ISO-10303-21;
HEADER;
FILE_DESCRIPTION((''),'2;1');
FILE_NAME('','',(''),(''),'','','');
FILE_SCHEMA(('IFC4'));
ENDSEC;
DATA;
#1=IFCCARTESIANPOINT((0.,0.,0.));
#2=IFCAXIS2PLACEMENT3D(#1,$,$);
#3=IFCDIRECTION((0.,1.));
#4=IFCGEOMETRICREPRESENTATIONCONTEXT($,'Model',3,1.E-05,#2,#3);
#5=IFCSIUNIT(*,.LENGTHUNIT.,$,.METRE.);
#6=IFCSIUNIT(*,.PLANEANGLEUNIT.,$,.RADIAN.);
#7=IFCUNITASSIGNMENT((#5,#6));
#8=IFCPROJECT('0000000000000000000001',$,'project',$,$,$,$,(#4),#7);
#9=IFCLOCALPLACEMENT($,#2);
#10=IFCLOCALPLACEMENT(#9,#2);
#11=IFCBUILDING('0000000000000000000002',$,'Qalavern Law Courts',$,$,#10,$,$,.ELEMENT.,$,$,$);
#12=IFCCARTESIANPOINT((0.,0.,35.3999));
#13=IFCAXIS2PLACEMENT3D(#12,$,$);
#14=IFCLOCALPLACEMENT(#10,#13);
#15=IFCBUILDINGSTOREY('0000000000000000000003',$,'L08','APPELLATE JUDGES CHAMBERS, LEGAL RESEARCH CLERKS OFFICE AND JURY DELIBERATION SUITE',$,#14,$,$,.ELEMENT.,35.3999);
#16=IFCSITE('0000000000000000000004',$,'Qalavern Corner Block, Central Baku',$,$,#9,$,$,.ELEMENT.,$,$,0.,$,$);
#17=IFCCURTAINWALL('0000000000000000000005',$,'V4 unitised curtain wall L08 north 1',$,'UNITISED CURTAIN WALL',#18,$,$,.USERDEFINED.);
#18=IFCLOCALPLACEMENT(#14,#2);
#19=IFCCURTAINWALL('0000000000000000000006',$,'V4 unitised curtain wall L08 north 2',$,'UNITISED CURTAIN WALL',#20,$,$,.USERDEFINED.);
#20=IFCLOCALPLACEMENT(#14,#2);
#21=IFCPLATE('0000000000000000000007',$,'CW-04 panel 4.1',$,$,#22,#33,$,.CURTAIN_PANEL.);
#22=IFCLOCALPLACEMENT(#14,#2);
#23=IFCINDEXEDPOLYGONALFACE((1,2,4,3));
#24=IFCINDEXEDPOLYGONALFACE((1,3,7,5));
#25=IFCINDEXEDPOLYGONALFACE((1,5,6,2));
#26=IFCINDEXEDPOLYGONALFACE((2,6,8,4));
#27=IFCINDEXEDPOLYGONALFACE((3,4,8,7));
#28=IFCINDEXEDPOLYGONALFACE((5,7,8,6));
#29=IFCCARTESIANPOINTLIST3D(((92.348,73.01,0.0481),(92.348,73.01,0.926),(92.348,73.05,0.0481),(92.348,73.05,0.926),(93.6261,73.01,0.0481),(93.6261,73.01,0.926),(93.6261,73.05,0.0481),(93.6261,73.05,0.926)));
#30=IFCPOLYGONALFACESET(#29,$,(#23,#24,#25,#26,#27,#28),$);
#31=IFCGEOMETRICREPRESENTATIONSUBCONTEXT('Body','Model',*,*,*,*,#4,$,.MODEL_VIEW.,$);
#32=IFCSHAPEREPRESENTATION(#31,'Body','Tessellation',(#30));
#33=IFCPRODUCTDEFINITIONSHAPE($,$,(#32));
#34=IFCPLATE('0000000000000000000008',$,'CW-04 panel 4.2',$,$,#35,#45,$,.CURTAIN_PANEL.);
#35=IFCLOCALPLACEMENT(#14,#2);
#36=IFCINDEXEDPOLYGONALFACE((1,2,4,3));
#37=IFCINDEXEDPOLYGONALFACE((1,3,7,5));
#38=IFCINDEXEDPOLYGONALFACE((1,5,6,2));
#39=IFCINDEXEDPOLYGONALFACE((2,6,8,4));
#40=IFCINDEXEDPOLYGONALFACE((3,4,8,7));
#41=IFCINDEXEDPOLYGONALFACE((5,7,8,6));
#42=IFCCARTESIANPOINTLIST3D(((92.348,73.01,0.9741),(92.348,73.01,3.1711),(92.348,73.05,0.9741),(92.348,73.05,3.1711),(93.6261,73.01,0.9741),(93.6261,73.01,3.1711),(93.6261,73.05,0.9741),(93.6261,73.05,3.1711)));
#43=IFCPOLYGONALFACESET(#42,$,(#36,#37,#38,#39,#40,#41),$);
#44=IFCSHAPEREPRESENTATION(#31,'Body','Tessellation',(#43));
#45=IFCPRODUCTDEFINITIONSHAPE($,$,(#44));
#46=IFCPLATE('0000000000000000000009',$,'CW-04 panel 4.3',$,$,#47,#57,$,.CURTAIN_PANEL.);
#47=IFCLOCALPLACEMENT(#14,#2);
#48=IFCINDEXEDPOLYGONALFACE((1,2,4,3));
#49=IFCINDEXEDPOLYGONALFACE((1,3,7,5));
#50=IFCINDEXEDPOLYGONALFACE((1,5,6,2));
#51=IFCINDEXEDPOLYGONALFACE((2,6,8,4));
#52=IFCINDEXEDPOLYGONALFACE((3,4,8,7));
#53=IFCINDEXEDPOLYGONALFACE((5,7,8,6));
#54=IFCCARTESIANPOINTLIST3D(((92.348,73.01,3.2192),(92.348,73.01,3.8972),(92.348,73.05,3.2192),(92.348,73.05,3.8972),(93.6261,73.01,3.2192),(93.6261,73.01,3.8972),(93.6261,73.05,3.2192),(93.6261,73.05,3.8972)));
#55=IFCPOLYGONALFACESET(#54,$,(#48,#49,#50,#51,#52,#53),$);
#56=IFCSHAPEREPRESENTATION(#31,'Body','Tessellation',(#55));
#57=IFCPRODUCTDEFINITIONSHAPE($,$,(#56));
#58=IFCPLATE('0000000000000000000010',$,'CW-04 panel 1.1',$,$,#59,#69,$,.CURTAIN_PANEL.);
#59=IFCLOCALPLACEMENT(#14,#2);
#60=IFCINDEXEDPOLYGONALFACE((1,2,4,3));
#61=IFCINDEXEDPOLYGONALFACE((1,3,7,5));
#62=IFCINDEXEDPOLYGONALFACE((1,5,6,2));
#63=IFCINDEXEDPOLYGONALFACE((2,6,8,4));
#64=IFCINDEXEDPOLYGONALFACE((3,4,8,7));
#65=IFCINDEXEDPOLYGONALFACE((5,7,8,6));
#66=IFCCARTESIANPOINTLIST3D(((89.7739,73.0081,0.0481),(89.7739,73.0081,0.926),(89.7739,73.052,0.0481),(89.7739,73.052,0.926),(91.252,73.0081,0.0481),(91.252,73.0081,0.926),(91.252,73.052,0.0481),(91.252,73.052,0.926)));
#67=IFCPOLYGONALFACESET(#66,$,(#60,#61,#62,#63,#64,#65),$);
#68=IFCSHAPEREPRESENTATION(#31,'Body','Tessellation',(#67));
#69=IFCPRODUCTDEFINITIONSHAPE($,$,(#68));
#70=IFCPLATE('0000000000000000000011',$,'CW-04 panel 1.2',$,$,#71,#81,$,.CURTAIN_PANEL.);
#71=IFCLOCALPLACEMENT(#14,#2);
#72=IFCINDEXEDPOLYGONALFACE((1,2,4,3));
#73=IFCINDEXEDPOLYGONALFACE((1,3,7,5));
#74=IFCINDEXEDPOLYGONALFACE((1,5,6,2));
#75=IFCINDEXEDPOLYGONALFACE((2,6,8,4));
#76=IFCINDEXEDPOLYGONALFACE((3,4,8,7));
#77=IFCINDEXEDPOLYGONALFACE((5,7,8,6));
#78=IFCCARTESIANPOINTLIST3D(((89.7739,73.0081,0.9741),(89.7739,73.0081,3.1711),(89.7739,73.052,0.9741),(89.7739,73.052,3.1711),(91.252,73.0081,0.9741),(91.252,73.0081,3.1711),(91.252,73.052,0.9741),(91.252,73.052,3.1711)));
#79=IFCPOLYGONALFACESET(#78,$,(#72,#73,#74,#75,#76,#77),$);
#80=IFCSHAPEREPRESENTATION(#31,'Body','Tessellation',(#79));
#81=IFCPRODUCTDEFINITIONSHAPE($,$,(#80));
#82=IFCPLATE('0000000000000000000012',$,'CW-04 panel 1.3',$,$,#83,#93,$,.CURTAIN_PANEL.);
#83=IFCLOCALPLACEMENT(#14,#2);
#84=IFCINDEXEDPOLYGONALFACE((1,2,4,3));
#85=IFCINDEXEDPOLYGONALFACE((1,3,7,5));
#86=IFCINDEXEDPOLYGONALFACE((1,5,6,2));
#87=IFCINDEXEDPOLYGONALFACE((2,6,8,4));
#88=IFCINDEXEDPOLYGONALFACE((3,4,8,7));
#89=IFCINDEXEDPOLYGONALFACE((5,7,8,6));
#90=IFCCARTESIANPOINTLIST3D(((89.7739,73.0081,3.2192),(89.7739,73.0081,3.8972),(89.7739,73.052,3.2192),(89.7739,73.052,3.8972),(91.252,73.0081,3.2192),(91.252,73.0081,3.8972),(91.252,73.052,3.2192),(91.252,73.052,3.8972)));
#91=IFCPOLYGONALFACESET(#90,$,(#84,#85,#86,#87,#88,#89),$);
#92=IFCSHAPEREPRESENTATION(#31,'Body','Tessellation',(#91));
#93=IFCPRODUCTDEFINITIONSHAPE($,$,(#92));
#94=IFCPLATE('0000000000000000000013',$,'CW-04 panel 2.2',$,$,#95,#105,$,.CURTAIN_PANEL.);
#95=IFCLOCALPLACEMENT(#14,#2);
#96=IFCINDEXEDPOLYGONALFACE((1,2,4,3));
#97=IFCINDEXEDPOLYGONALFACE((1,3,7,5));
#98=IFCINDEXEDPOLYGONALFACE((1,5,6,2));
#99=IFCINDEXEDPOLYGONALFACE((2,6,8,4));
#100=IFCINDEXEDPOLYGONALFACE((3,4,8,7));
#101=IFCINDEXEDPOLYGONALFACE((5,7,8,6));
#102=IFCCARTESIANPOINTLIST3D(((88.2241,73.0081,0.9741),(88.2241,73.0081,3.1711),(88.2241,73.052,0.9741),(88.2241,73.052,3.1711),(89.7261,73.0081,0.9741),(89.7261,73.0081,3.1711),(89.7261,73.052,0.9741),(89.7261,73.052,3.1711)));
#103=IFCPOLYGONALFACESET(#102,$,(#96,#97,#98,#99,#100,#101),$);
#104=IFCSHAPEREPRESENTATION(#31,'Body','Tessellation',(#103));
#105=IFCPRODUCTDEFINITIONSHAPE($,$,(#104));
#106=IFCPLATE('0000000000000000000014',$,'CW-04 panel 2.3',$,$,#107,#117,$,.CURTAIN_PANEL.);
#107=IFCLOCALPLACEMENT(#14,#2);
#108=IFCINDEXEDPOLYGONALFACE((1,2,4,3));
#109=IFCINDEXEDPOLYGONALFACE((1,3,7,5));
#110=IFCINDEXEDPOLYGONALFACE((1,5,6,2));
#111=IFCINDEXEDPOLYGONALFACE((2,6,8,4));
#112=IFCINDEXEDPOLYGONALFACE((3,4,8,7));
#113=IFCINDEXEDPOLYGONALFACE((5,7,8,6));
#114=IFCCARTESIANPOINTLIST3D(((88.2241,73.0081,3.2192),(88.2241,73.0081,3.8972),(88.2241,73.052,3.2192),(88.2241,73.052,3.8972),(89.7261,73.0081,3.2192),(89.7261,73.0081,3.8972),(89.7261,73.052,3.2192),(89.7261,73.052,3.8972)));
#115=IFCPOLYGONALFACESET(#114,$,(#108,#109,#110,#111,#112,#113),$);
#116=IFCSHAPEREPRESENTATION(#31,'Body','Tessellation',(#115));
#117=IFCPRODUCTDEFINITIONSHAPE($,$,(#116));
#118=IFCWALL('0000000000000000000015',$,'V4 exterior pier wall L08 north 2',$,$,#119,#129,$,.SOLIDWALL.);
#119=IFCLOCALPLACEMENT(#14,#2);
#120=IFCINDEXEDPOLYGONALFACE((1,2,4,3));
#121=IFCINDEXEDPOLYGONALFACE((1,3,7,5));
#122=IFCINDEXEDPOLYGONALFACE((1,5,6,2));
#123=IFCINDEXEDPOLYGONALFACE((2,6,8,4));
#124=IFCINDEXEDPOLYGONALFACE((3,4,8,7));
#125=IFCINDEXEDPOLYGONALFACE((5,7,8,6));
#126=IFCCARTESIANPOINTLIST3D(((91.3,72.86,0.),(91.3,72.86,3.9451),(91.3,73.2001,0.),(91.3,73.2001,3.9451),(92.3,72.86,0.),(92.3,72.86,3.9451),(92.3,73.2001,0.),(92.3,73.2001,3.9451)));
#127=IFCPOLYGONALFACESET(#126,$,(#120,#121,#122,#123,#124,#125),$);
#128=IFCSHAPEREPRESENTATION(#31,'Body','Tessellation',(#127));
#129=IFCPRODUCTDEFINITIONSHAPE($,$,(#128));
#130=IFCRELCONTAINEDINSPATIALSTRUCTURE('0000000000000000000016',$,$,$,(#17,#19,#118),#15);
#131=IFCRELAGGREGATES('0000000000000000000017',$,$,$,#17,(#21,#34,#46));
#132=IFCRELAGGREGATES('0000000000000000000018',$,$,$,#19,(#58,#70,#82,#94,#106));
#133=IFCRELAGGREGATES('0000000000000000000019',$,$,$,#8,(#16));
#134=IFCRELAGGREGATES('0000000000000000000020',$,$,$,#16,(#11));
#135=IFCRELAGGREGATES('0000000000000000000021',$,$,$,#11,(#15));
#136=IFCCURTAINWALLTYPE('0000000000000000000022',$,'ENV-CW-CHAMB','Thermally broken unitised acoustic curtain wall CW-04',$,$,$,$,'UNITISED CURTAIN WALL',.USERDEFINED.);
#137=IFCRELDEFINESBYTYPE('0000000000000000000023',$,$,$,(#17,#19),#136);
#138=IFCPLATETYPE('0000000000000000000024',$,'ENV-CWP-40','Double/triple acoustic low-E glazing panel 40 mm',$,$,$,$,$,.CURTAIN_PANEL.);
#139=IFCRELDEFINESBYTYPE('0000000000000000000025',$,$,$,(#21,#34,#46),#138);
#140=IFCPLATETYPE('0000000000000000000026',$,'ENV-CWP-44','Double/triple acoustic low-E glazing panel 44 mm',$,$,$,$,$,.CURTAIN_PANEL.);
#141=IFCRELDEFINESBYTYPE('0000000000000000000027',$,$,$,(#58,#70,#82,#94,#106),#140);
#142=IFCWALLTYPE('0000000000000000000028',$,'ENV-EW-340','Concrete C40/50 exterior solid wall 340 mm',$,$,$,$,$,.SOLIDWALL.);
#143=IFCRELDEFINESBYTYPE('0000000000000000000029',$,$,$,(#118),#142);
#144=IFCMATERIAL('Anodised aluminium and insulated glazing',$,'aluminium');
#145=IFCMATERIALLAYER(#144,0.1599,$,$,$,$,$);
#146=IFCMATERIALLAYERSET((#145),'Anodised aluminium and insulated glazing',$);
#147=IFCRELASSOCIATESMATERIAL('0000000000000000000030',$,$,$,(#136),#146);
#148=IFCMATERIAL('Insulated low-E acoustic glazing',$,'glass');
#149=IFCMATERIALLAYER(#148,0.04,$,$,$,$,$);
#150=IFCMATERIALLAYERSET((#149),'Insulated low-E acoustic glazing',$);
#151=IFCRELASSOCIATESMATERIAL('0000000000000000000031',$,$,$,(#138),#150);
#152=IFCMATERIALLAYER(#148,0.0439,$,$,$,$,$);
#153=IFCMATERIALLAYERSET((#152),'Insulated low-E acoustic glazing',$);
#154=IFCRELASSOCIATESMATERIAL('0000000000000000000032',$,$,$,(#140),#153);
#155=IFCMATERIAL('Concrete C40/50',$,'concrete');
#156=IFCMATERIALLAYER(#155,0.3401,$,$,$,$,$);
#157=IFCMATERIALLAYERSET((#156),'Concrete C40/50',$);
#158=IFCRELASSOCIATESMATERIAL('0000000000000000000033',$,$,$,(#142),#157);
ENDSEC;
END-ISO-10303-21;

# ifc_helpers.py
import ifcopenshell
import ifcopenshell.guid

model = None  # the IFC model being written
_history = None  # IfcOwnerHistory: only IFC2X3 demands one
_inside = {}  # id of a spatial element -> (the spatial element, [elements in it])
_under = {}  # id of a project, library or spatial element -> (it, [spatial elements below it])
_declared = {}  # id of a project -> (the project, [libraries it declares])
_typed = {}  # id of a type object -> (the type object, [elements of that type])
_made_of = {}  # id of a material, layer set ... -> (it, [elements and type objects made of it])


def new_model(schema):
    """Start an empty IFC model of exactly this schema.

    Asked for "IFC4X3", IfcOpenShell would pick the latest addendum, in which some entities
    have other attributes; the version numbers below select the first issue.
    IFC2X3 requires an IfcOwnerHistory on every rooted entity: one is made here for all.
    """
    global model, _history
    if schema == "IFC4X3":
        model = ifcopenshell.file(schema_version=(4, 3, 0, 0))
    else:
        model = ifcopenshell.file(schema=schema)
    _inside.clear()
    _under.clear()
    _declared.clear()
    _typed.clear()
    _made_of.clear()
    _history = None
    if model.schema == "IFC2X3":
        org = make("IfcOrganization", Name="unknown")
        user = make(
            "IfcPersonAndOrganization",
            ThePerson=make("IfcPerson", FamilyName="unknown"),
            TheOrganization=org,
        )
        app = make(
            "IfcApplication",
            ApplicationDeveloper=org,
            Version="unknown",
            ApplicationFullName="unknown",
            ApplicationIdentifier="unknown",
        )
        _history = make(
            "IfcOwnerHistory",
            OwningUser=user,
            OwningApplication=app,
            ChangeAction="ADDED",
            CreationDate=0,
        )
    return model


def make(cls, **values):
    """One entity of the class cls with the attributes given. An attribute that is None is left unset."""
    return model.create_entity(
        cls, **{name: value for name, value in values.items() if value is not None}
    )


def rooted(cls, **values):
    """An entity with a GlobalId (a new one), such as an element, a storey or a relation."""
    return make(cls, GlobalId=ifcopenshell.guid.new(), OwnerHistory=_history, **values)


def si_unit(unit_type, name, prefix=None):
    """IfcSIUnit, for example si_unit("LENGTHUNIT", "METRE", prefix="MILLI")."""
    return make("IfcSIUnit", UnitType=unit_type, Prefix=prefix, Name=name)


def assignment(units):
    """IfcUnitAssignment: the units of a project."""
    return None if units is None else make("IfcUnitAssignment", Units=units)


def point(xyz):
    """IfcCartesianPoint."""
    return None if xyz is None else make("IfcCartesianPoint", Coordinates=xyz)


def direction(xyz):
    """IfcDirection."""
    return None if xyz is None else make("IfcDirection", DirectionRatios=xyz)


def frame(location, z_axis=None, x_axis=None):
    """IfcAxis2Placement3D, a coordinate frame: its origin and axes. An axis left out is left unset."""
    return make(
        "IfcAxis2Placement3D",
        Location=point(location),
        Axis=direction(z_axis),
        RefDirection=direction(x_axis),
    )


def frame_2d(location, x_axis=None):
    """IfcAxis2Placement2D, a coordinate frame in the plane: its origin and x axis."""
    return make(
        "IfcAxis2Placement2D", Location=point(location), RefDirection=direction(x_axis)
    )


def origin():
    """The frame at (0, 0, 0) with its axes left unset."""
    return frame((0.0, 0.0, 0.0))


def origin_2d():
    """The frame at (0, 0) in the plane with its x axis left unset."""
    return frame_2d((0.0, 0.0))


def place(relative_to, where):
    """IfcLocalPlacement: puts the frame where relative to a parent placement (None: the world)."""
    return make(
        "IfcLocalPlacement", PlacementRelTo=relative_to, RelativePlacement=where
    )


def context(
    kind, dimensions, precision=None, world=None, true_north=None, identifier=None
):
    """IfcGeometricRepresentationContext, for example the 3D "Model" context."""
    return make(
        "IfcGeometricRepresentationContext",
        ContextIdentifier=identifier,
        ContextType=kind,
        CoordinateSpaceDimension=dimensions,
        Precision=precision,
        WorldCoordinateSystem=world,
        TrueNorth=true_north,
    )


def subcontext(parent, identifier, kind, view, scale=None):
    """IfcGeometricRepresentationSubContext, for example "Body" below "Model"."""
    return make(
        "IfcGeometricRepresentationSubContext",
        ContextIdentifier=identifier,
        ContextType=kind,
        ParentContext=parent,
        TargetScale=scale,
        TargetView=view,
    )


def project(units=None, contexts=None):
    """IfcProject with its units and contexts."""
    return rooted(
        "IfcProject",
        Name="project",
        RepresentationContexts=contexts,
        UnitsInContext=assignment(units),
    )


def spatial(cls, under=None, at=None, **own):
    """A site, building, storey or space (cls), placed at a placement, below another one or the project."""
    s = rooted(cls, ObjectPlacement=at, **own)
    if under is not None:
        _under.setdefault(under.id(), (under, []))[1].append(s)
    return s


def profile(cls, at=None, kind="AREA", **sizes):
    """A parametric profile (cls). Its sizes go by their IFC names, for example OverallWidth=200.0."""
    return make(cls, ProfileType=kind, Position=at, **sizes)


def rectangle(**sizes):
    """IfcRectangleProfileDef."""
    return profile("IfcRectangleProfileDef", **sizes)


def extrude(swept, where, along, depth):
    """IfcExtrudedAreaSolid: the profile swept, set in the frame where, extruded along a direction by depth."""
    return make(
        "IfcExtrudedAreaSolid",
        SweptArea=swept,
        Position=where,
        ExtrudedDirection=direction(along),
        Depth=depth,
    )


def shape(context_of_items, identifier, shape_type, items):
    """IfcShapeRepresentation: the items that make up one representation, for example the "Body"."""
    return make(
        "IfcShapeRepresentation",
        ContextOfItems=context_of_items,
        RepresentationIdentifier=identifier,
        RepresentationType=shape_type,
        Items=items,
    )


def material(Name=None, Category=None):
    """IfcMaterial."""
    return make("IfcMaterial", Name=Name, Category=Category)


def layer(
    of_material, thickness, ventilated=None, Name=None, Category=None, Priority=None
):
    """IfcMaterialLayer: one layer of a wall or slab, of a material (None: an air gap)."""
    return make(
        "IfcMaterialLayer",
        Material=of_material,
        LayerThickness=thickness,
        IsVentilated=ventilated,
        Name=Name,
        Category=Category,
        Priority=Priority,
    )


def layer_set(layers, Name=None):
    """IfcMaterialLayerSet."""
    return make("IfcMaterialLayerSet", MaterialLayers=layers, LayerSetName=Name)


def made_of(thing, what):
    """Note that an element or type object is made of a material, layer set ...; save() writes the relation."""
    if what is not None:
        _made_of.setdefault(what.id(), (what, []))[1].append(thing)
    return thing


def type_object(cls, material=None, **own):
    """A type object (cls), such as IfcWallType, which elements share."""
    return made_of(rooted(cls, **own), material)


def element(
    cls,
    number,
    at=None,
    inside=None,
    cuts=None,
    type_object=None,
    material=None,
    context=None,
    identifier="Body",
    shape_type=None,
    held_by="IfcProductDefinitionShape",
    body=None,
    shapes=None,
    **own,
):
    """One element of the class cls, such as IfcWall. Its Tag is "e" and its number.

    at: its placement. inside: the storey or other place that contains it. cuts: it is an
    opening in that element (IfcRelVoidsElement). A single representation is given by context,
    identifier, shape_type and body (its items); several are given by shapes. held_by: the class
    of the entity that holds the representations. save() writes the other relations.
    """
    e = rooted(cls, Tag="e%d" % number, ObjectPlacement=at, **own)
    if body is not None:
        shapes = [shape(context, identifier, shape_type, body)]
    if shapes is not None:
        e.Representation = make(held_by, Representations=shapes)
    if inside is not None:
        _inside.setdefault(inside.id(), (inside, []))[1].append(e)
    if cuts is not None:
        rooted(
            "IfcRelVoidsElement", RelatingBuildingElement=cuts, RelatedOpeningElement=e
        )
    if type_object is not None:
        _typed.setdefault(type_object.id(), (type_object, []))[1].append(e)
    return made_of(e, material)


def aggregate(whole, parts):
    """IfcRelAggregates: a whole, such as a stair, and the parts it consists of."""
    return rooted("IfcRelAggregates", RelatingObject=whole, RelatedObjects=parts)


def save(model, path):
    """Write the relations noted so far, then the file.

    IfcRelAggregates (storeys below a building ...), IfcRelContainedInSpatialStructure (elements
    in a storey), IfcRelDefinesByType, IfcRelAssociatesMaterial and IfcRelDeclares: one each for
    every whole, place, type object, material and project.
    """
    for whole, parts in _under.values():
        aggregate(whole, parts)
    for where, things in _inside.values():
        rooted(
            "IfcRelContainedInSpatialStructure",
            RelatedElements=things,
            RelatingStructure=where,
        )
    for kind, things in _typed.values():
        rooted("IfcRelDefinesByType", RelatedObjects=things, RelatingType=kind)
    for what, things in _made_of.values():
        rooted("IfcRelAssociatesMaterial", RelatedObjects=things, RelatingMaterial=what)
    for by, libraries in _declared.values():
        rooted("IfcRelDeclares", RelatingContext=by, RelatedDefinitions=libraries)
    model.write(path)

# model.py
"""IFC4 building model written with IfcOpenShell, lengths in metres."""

from ifc_helpers import new_model, si_unit, direction, frame, frame_2d, origin, origin_2d, place, context, subcontext, project, spatial, rectangle, extrude, material, layer, layer_set, type_object, element, aggregate, save


model = new_model("IFC4")

# Units and contexts
model_context = context("Model", 3, precision=1e-05, world=origin(), true_north=direction((0.0, 1.0)))
body_context = subcontext(model_context, "Body", "Model", "MODEL_VIEW")
ifc_project = project(units=[si_unit("LENGTHUNIT", "METRE"), si_unit("PLANEANGLEUNIT", "RADIAN")], contexts=[model_context])

# Site, building, storey
site_placement = place(None, origin())
site = spatial("IfcSite", under=ifc_project, at=site_placement, Name="Qalavern Corner Block, Central Baku", CompositionType="ELEMENT", RefElevation=0.0)
building_placement = place(site_placement, origin())
building = spatial("IfcBuilding", under=site, at=building_placement, Name="Qalavern Law Courts", CompositionType="ELEMENT")
storey_placement = place(building_placement, frame((0.0, 0.0, 35.3999)))
storey = spatial("IfcBuildingStorey", under=building, at=storey_placement, Name="L08", Description="APPELLATE JUDGES CHAMBERS, LEGAL RESEARCH CLERKS OFFICE AND JURY DELIBERATION SUITE", CompositionType="ELEMENT", Elevation=35.3999)

# Curtain wall
ifc_material_1 = material(Name="Anodised aluminium and insulated glazing", Category="aluminium")
ifc_layer_1 = layer(ifc_material_1, 0.1599)
ifc_layer_set_1 = layer_set([ifc_layer_1], Name="Anodised aluminium and insulated glazing")
curtain_wall_type = type_object("IfcCurtainWallType", Name="ENV-CW-CHAMB", Description="Thermally broken unitised acoustic curtain wall CW-04", ElementType="UNITISED CURTAIN WALL", PredefinedType="USERDEFINED", material=ifc_layer_set_1)
curtain_wall_1_placement = place(storey_placement, origin())
curtain_wall_1 = element("IfcCurtainWall", 1, at=curtain_wall_1_placement, inside=storey, type_object=curtain_wall_type, Name="V4 unitised curtain wall L08 north 1", ObjectType="UNITISED CURTAIN WALL", PredefinedType="USERDEFINED")

# Curtain wall
curtain_wall_2_placement = place(storey_placement, origin())
curtain_wall_2 = element("IfcCurtainWall", 2, at=curtain_wall_2_placement, inside=storey, type_object=curtain_wall_type, Name="V4 unitised curtain wall L08 north 2", ObjectType="UNITISED CURTAIN WALL", PredefinedType="USERDEFINED")

# Plates
ifc_material_2 = material(Name="Insulated low-E acoustic glazing", Category="glass")
ifc_layer_2 = layer(ifc_material_2, 0.04)
ifc_layer_set_2 = layer_set([ifc_layer_2], Name="Insulated low-E acoustic glazing")
plate_type_1 = type_object("IfcPlateType", Name="ENV-CWP-40", Description="Double/triple acoustic low-E glazing panel 40 mm", PredefinedType="CURTAIN_PANEL", material=ifc_layer_set_2)
plate_1_placement = place(storey_placement, frame((92.9871, 73.03, 0.0481), z_axis=(0.0, 0.0, 1.0), x_axis=(-1.0, 0.0, 0.0)))
plate_1 = element("IfcPlate", 3, at=plate_1_placement, type_object=plate_type_1, Name="CW-04 panel 4.1", PredefinedType="CURTAIN_PANEL", context=body_context, shape_type="SweptSolid", body=[
    extrude(rectangle(XDim=1.2781, YDim=0.04, at=origin_2d()), origin(), (0.0, 0.0, 1.0), 0.8779),
])
plate_2_placement = place(storey_placement, frame((92.9871, 73.03, 0.9741), z_axis=(0.0, 0.0, 1.0), x_axis=(-1.0, 0.0, 0.0)))
plate_2 = element("IfcPlate", 4, at=plate_2_placement, type_object=plate_type_1, Name="CW-04 panel 4.2", PredefinedType="CURTAIN_PANEL", context=body_context, shape_type="SweptSolid", body=[
    extrude(rectangle(XDim=1.2781, YDim=0.04, at=origin_2d()), origin(), (0.0, 0.0, 1.0), 2.197),
])
plate_3_placement = place(storey_placement, frame((92.9871, 73.03, 3.2192), z_axis=(0.0, 0.0, 1.0), x_axis=(-1.0, 0.0, 0.0)))
plate_3 = element("IfcPlate", 5, at=plate_3_placement, type_object=plate_type_1, Name="CW-04 panel 4.3", PredefinedType="CURTAIN_PANEL", context=body_context, shape_type="SweptSolid", body=[
    extrude(rectangle(XDim=1.2781, YDim=0.04, at=origin_2d()), origin(), (0.0, 0.0, 1.0), 0.678),
])
aggregate(curtain_wall_1, [plate_1, plate_2, plate_3])
ifc_layer_3 = layer(ifc_material_2, 0.0439)
ifc_layer_set_3 = layer_set([ifc_layer_3], Name="Insulated low-E acoustic glazing")
plate_type_2 = type_object("IfcPlateType", Name="ENV-CWP-44", Description="Double/triple acoustic low-E glazing panel 44 mm", PredefinedType="CURTAIN_PANEL", material=ifc_layer_set_3)
plate_4_placement = place(storey_placement, frame((90.5129, 73.03, 0.0481), z_axis=(0.0, 0.0, 1.0), x_axis=(-1.0, 0.0, 0.0)))
plate_4 = element("IfcPlate", 6, at=plate_4_placement, type_object=plate_type_2, Name="CW-04 panel 1.1", PredefinedType="CURTAIN_PANEL", context=body_context, shape_type="SweptSolid", body=[
    extrude(rectangle(XDim=1.478, YDim=0.0439, at=origin_2d()), origin(), (0.0, 0.0, 1.0), 0.8779),
])
plate_5_placement = place(storey_placement, frame((90.5129, 73.03, 0.9741), z_axis=(0.0, 0.0, 1.0), x_axis=(-1.0, 0.0, 0.0)))
plate_5 = element("IfcPlate", 7, at=plate_5_placement, type_object=plate_type_2, Name="CW-04 panel 1.2", PredefinedType="CURTAIN_PANEL", context=body_context, shape_type="SweptSolid", body=[
    extrude(rectangle(XDim=1.478, YDim=0.0439, at=origin_2d()), origin(), (0.0, 0.0, 1.0), 2.197),
])
plate_6_placement = place(storey_placement, frame((90.5129, 73.03, 3.2192), z_axis=(0.0, 0.0, 1.0), x_axis=(-1.0, 0.0, 0.0)))
plate_6 = element("IfcPlate", 8, at=plate_6_placement, type_object=plate_type_2, Name="CW-04 panel 1.3", PredefinedType="CURTAIN_PANEL", context=body_context, shape_type="SweptSolid", body=[
    extrude(rectangle(XDim=1.478, YDim=0.0439, at=origin_2d()), origin(), (0.0, 0.0, 1.0), 0.678),
])
plate_7_placement = place(storey_placement, frame((88.9751, 73.03, 0.9741), z_axis=(0.0, 0.0, 1.0), x_axis=(-1.0, 0.0, 0.0)))
plate_7 = element("IfcPlate", 9, at=plate_7_placement, type_object=plate_type_2, Name="CW-04 panel 2.2", PredefinedType="CURTAIN_PANEL", context=body_context, shape_type="SweptSolid", body=[
    extrude(rectangle(XDim=1.502, YDim=0.0439, at=origin_2d()), origin(), (0.0, 0.0, 1.0), 2.197),
])
plate_8_placement = place(storey_placement, frame((88.9751, 73.03, 3.2192), z_axis=(0.0, 0.0, 1.0), x_axis=(-1.0, 0.0, 0.0)))
plate_8 = element("IfcPlate", 10, at=plate_8_placement, type_object=plate_type_2, Name="CW-04 panel 2.3", PredefinedType="CURTAIN_PANEL", context=body_context, shape_type="SweptSolid", body=[
    extrude(rectangle(XDim=1.502, YDim=0.0439, at=origin_2d()), origin(), (0.0, 0.0, 1.0), 0.678),
])
aggregate(curtain_wall_2, [plate_4, plate_5, plate_6, plate_7, plate_8])

# Wall
ifc_material_3 = material(Name="Concrete C40/50", Category="concrete")
ifc_layer_4 = layer(ifc_material_3, 0.3401)
ifc_layer_set_4 = layer_set([ifc_layer_4], Name="Concrete C40/50")
wall_type = type_object("IfcWallType", Name="ENV-EW-340", Description="Concrete C40/50 exterior solid wall 340 mm", PredefinedType="SOLIDWALL", material=ifc_layer_set_4)
wall_placement = place(storey_placement, frame((92.3, 73.03, 0.0), z_axis=(0.0, 0.0, 1.0), x_axis=(-1.0, 0.0, 0.0)))
element("IfcWall", 11, at=wall_placement, inside=storey, type_object=wall_type, Name="V4 exterior pier wall L08 north 2", PredefinedType="SOLIDWALL", context=body_context, shape_type="SweptSolid", body=[
    extrude(rectangle(XDim=1.0, YDim=0.3401, at=frame_2d((0.5, 0.0))), origin(), (0.0, 0.0, 1.0), 3.9451),
])

save(model, "model.ifc")
